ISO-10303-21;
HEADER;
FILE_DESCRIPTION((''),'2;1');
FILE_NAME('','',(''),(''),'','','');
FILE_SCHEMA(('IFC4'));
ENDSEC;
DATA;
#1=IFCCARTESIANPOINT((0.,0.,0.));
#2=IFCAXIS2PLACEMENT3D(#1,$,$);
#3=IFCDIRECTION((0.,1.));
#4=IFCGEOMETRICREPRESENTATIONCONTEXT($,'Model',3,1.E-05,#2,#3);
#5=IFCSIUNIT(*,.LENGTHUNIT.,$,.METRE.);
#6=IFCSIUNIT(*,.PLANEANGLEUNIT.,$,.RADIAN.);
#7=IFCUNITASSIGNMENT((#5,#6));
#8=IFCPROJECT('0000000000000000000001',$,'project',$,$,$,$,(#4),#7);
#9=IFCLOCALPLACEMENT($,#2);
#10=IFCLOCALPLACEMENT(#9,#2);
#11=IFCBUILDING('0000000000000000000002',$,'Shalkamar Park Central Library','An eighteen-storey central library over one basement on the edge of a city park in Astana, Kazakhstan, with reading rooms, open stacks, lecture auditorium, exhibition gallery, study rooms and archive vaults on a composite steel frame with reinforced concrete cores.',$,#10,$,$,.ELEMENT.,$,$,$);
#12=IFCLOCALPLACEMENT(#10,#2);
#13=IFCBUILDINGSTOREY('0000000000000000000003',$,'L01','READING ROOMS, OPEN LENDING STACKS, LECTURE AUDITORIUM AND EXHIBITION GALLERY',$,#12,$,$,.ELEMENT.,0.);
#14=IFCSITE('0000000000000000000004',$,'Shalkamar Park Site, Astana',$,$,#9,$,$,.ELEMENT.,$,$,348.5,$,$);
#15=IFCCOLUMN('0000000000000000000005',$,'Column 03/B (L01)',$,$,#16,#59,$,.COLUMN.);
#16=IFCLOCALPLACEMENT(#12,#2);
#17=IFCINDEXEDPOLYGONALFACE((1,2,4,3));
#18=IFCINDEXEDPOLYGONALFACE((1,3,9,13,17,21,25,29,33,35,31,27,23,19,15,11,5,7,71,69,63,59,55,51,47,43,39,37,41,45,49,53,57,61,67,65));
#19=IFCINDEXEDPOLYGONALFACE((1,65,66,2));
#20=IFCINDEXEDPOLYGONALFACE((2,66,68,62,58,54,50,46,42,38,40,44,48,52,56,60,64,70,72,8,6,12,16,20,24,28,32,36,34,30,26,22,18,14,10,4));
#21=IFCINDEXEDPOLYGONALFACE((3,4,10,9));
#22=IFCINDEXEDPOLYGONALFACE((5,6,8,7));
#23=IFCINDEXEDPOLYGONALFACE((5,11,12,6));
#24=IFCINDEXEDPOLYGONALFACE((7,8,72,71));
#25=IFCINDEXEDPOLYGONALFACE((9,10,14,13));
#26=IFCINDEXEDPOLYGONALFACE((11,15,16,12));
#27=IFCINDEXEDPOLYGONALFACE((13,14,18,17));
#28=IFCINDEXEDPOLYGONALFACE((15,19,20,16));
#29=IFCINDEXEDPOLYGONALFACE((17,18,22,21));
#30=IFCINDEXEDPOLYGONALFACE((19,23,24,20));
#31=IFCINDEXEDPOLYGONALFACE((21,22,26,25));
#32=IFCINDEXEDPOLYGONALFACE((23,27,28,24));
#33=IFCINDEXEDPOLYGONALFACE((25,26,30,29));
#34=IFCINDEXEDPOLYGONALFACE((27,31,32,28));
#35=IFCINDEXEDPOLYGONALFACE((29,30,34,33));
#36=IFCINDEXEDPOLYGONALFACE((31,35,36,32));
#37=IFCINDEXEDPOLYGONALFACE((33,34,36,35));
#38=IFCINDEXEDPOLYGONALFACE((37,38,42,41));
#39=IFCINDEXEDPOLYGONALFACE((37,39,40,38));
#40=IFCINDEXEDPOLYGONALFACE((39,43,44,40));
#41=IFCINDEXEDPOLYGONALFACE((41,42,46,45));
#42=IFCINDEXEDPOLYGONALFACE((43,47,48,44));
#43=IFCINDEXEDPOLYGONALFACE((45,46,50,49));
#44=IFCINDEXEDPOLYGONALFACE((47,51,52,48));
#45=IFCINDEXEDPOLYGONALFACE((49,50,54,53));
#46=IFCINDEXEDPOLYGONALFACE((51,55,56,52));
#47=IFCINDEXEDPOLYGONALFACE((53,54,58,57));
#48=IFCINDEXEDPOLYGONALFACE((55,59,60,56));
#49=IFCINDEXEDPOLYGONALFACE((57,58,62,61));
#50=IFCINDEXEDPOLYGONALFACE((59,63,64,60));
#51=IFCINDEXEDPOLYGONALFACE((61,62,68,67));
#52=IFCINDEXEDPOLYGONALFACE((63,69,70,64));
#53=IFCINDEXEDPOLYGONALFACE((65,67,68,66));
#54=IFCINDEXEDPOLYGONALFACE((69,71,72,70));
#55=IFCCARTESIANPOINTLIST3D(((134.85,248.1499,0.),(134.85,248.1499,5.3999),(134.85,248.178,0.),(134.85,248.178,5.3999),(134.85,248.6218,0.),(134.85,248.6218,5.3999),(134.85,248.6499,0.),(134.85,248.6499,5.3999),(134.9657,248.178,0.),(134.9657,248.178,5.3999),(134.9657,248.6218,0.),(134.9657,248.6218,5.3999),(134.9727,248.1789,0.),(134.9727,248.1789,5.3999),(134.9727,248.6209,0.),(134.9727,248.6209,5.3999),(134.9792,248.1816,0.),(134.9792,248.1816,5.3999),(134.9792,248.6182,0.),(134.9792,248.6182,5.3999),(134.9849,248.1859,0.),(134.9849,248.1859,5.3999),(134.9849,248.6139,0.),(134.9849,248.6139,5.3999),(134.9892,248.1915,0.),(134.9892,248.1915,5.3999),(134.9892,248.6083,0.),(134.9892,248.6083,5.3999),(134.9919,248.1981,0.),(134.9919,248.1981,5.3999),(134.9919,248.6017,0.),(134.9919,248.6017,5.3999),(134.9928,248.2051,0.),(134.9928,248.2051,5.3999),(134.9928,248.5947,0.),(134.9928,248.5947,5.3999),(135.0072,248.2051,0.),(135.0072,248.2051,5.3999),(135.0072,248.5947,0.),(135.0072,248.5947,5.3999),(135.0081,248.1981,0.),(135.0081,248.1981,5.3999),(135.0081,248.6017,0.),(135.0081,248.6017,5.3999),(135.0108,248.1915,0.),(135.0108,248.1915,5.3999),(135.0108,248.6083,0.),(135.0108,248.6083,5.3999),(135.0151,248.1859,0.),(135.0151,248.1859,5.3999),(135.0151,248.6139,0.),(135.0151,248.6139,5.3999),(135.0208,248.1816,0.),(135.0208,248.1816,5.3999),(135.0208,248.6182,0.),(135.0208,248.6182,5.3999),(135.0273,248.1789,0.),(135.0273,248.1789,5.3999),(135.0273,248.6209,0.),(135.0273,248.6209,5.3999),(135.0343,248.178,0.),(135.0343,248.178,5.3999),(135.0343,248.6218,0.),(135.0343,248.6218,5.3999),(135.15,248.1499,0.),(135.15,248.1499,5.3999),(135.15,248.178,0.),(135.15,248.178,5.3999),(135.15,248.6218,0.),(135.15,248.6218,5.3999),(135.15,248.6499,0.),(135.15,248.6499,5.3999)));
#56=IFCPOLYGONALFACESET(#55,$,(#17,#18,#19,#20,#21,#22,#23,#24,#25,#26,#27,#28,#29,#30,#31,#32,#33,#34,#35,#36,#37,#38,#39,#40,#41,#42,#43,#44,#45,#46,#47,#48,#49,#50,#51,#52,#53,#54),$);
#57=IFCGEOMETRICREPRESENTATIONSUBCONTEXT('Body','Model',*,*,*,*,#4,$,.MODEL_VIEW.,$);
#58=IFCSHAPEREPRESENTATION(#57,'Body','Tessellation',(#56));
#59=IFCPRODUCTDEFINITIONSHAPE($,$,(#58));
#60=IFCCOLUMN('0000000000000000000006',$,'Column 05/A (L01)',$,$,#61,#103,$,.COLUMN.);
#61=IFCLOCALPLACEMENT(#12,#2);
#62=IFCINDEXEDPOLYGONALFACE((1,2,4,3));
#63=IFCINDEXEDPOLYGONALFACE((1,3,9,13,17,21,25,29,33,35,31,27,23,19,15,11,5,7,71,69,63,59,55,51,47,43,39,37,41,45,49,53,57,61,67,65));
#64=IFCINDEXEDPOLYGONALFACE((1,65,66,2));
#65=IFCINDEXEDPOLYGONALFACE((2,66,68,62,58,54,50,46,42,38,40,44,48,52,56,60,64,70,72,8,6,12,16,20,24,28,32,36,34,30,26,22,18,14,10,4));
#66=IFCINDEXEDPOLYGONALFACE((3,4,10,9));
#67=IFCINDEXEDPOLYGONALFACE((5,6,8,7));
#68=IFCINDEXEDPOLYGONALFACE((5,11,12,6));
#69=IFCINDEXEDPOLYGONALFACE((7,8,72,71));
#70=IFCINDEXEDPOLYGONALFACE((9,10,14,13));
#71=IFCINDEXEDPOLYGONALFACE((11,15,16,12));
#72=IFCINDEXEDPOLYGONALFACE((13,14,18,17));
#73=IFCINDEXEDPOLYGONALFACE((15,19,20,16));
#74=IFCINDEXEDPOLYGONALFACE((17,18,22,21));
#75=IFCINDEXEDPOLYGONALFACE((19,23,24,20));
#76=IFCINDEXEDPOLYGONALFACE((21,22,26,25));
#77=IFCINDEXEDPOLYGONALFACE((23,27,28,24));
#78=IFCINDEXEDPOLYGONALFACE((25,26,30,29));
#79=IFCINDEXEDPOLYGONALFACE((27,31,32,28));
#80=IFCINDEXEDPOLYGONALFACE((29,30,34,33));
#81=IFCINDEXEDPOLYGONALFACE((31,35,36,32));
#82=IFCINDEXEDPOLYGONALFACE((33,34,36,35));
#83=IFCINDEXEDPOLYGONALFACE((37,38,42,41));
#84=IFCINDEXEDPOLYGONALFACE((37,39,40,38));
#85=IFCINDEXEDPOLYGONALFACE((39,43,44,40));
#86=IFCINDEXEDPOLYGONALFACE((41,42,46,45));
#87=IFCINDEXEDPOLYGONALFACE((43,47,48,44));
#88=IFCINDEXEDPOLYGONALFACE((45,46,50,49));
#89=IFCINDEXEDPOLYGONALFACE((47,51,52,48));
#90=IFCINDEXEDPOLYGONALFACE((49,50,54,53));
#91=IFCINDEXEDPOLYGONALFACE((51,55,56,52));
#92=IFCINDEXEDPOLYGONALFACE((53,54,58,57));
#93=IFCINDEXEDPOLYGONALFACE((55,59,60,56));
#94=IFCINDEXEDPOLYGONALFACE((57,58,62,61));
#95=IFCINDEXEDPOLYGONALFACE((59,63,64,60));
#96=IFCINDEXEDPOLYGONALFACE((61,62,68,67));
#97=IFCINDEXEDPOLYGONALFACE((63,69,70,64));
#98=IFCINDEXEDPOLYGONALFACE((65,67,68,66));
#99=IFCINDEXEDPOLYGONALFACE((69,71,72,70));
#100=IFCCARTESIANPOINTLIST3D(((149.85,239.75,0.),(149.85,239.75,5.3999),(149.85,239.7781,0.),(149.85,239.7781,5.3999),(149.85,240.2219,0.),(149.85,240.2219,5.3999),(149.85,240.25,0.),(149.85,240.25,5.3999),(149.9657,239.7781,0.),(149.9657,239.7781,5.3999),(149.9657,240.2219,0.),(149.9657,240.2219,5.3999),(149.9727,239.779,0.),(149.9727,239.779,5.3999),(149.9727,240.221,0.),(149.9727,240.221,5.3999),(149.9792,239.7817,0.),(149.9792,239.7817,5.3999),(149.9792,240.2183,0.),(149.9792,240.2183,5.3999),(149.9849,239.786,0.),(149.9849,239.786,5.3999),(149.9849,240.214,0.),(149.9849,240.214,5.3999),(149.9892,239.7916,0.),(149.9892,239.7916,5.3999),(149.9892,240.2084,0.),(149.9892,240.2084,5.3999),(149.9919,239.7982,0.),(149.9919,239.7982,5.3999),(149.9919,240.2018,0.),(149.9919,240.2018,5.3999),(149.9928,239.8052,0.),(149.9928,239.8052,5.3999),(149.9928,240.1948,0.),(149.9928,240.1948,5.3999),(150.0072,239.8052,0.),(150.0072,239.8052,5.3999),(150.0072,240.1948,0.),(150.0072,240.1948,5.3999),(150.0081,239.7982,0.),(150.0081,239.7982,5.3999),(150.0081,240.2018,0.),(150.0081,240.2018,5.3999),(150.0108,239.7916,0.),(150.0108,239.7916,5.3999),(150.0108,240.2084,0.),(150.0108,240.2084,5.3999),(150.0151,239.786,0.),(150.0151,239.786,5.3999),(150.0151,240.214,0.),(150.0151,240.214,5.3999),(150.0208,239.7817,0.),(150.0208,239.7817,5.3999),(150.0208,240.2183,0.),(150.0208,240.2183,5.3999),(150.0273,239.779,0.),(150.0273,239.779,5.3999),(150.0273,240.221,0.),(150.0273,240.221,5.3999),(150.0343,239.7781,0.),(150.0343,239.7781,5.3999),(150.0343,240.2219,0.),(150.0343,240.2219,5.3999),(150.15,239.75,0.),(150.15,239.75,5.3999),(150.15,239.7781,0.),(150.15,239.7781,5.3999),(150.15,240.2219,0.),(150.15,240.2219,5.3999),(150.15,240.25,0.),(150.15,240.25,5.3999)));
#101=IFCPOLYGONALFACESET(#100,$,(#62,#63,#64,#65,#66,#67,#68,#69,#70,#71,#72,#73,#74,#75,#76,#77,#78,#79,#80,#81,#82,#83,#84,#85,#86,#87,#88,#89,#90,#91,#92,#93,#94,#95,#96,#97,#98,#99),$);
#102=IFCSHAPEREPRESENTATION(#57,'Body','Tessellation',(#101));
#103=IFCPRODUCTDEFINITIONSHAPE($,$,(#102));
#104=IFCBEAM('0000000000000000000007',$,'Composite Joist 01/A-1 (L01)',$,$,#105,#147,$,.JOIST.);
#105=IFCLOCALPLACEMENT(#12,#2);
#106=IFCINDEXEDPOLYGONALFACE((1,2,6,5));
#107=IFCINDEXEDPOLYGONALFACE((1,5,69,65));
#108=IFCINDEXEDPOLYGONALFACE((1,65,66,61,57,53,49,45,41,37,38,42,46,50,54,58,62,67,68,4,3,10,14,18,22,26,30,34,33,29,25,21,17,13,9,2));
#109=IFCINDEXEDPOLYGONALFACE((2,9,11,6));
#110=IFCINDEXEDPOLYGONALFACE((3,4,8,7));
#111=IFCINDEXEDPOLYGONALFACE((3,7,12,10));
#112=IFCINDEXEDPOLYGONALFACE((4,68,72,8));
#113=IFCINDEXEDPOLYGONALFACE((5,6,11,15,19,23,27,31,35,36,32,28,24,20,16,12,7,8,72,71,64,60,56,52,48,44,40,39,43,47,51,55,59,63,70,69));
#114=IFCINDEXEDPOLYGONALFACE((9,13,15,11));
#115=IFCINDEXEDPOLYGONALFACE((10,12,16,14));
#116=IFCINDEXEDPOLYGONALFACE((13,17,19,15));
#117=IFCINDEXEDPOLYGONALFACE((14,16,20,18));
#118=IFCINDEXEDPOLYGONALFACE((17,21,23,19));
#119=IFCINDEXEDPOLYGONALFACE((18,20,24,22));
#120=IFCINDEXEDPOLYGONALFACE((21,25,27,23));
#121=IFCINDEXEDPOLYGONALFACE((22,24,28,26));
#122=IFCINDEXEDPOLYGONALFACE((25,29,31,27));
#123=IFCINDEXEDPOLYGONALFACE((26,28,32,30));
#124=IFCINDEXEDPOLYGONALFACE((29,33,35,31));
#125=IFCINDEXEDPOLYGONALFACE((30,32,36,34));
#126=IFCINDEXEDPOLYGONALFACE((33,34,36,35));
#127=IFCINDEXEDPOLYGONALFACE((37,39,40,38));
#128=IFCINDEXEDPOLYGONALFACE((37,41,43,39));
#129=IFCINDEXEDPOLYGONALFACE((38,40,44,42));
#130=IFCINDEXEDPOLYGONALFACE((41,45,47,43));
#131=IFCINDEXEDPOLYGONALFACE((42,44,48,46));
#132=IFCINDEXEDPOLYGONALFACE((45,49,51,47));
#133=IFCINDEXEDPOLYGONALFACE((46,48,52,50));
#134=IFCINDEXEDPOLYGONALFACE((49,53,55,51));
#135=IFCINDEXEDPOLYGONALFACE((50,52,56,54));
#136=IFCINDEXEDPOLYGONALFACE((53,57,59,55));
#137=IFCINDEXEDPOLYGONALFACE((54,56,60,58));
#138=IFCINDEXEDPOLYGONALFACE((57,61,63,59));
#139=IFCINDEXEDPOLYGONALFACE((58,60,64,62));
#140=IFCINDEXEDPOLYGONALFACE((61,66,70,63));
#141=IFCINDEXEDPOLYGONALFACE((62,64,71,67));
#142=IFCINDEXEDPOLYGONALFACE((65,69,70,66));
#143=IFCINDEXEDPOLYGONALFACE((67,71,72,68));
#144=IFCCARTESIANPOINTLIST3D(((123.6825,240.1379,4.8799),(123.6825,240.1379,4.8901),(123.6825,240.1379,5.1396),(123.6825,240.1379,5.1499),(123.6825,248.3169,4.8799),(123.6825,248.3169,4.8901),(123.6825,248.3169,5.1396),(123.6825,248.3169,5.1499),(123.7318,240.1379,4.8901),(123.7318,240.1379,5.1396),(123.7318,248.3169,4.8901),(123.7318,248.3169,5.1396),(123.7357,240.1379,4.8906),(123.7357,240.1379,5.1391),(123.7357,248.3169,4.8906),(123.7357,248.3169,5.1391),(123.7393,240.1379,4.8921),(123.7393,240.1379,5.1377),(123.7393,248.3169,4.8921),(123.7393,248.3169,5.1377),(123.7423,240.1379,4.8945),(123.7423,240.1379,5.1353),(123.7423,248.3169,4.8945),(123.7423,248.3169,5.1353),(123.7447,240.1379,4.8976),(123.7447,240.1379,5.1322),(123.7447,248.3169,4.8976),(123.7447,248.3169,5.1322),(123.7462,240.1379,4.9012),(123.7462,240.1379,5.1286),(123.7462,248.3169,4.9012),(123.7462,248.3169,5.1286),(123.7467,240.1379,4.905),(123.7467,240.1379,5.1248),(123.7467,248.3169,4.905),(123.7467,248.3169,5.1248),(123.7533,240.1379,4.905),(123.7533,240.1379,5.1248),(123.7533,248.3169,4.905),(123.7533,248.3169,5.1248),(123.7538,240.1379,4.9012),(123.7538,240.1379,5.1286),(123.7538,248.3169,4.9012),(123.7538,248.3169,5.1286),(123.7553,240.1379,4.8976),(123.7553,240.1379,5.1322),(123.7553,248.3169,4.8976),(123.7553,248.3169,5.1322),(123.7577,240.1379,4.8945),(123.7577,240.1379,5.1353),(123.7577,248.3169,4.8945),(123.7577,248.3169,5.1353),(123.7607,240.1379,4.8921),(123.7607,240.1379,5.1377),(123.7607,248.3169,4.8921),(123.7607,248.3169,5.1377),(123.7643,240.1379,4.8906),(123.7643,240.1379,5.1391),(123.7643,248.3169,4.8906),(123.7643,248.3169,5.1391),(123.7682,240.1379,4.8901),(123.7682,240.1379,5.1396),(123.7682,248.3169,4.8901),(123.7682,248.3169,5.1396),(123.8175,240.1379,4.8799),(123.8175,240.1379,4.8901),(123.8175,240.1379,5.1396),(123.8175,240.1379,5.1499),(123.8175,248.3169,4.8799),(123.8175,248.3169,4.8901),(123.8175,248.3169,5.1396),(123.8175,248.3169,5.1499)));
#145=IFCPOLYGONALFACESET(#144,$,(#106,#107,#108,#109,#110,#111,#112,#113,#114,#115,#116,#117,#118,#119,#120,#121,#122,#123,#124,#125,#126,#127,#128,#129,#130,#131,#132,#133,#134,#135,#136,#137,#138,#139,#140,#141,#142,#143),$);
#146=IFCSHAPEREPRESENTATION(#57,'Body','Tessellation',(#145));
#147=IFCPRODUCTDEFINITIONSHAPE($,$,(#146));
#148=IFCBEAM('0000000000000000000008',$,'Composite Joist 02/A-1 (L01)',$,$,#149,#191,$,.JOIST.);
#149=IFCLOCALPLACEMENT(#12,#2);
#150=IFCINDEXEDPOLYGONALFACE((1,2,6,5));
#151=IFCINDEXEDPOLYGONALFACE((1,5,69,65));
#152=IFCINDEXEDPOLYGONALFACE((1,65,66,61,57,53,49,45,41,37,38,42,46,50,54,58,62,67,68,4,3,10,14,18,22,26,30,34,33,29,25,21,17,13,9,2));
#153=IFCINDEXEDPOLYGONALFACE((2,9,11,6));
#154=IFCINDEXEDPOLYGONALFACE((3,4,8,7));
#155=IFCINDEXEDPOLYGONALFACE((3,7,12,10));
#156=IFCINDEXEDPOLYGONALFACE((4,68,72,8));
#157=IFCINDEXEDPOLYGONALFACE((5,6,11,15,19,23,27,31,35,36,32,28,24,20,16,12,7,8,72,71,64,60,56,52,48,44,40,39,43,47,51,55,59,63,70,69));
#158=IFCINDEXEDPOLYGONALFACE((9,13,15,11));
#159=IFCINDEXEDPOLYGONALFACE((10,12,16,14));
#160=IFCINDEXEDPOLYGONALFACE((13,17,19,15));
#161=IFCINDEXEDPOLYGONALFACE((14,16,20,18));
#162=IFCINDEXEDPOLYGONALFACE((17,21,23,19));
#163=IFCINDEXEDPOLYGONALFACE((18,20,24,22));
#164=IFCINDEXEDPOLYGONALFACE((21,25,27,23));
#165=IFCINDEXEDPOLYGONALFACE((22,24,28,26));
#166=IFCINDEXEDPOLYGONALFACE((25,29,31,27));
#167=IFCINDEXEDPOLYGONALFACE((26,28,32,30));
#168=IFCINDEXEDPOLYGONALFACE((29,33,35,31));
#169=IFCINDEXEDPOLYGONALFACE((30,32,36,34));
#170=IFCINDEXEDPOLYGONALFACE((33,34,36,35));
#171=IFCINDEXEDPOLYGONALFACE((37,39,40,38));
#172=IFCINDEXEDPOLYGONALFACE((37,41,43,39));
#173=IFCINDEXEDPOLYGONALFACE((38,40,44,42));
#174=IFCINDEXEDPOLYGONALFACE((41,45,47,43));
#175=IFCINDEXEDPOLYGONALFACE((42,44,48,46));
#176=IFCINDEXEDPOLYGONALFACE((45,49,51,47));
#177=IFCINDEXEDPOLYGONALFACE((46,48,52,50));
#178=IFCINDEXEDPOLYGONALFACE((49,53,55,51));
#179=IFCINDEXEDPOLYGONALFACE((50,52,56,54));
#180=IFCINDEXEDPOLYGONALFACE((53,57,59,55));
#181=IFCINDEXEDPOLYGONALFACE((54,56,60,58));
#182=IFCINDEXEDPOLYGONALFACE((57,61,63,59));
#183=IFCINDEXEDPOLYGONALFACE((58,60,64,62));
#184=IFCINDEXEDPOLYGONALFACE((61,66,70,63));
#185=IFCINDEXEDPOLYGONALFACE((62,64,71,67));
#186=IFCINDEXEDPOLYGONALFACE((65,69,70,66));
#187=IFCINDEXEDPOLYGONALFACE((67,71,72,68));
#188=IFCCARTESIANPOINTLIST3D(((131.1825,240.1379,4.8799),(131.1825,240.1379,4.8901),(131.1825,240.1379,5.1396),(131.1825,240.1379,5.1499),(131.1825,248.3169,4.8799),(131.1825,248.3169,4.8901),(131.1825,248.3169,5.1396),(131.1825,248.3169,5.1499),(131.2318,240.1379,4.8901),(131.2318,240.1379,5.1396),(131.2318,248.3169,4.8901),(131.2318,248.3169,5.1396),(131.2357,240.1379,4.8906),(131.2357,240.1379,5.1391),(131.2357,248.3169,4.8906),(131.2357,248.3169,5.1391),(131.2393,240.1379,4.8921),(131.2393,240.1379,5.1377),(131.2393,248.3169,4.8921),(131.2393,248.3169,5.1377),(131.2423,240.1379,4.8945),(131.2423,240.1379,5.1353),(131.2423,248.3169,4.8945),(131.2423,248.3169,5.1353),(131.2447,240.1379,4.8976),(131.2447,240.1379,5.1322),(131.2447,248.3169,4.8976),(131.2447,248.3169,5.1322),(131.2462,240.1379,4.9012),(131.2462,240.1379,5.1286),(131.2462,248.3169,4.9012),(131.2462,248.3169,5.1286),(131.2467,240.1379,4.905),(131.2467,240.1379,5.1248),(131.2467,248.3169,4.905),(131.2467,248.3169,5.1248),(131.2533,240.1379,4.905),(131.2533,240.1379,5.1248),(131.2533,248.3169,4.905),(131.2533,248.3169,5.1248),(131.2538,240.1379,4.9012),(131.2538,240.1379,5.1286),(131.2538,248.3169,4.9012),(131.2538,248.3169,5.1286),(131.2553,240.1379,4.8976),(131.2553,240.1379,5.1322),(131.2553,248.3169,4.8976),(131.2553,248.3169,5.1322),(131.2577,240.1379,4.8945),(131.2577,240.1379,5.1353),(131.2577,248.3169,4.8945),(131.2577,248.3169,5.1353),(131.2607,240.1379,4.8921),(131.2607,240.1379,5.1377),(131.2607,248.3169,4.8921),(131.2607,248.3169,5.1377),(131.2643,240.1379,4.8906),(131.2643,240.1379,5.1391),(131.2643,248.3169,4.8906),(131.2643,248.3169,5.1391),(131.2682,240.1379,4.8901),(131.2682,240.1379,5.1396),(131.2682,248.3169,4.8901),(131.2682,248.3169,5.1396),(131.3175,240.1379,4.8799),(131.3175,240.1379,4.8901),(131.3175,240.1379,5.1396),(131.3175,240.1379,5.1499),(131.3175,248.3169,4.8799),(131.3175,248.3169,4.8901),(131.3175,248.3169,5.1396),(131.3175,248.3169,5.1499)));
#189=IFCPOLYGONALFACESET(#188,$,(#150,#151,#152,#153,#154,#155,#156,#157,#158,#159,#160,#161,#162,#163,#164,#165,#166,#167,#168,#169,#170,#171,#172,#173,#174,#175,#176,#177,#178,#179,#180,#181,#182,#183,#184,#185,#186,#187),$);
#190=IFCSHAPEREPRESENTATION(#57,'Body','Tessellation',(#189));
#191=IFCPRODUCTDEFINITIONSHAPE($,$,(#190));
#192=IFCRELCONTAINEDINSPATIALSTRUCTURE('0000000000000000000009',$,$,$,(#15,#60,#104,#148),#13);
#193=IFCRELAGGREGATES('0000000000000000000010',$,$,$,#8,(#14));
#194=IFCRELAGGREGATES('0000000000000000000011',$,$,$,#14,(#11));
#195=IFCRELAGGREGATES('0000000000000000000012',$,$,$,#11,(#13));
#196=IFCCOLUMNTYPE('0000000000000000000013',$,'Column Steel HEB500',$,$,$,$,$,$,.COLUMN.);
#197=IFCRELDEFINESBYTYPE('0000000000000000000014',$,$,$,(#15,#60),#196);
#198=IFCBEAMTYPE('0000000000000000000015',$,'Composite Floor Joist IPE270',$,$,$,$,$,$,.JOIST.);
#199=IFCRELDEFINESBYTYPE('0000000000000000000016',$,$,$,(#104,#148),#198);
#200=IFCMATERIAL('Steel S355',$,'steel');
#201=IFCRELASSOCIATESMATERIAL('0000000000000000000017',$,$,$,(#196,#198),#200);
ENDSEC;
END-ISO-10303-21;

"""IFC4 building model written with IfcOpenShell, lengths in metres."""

from ifc_helpers import new_model, si_unit, direction, frame, origin, origin_2d, place, context, subcontext, project, spatial, i_section, extrude, material, material_profile, profile_set, type_object, element, save


model = new_model("IFC4")

# Units and contexts
model_context = context("Model", 3, precision=1e-05, world=origin(), true_north=direction((0.0, 1.0)))
body_context = subcontext(model_context, "Body", "Model", "MODEL_VIEW")
ifc_project = project(units=[si_unit("LENGTHUNIT", "METRE"), si_unit("PLANEANGLEUNIT", "RADIAN")], contexts=[model_context])

# Site, building, storey
site_placement = place(None, origin())
site = spatial("IfcSite", under=ifc_project, at=site_placement, Name="Shalkamar Park Site, Astana", CompositionType="ELEMENT", RefElevation=348.5)
building_placement = place(site_placement, origin())
building = spatial("IfcBuilding", under=site, at=building_placement, Name="Shalkamar Park Central Library", Description="An eighteen-storey central library over one basement on the edge of a city park in Astana, Kazakhstan, with reading rooms, open stacks, lecture auditorium, exhibition gallery, study rooms and archive vaults on a composite steel frame with reinforced concrete cores.", CompositionType="ELEMENT")
storey_placement = place(building_placement, origin())
storey = spatial("IfcBuildingStorey", under=building, at=storey_placement, Name="L01", Description="READING ROOMS, OPEN LENDING STACKS, LECTURE AUDITORIUM AND EXHIBITION GALLERY", CompositionType="ELEMENT", Elevation=0.0)

# Columns
ifc_material_1 = material(Name="Steel S355", Category="steel")
ifc_material_profile_1 = material_profile(ifc_material_1, i_section(OverallWidth=0.3, OverallDepth=0.5, WebThickness=0.0144, FlangeThickness=0.0281, FilletRadius=0.0271, at=origin_2d()), Name="HEB 500")
ifc_profile_set_1 = profile_set([ifc_material_profile_1], Name="Steel S355")
column_type_1 = type_object("IfcColumnType", Name="Column Steel HEB500", PredefinedType="COLUMN", material=ifc_profile_set_1)
for number, where, z_axis, x_axis, name in (
    (1, (135.0, 248.3999, 0.0), (0.0, 0.0, 1.0), (1.0, 0.0, 0.0), "Column 03/B (L01)"),
    (2, (150.0, 240.0, 0.0), (0.0, 0.0, 1.0), (1.0, 0.0, 0.0), "Column 05/A (L01)"),
):
    element("IfcColumn", number, at=place(storey_placement, frame(where, z_axis=z_axis, x_axis=x_axis)), inside=storey, type_object=column_type_1, Name=name, PredefinedType="COLUMN", context=body_context, shape_type="SweptSolid", body=[
        extrude(i_section(OverallWidth=0.3, OverallDepth=0.5, WebThickness=0.0144, FlangeThickness=0.0281, FilletRadius=0.0271, at=origin_2d()), origin(), (0.0, 0.0, 1.0), 5.3999),
    ])

# Beams
ifc_material_profile_2 = material_profile(ifc_material_1, i_section(OverallWidth=0.135, OverallDepth=0.27, WebThickness=0.0066, FlangeThickness=0.0103, FilletRadius=0.0149, at=origin_2d()), Name="IPE 270")
ifc_profile_set_2 = profile_set([ifc_material_profile_2], Name="Steel S355")
beam_type_1 = type_object("IfcBeamType", Name="Composite Floor Joist IPE270", PredefinedType="JOIST", material=ifc_profile_set_2)
for number, where, z_axis, x_axis, name in (
    (3, (123.75, 240.1379, 5.0149), (0.0, 1.0, 0.0), (-1.0, 0.0, 0.0), "Composite Joist 01/A-1 (L01)"),
    (4, (131.25, 240.1379, 5.0149), (0.0, 1.0, 0.0), (-1.0, 0.0, 0.0), "Composite Joist 02/A-1 (L01)"),
):
    element("IfcBeam", number, at=place(storey_placement, frame(where, z_axis=z_axis, x_axis=x_axis)), inside=storey, type_object=beam_type_1, Name=name, PredefinedType="JOIST", context=body_context, shape_type="SweptSolid", body=[
        extrude(i_section(OverallWidth=0.135, OverallDepth=0.27, WebThickness=0.0066, FlangeThickness=0.0103, FilletRadius=0.0149, at=origin_2d()), origin(), (0.0, 0.0, 1.0), 8.179),
    ])

save(model, "model.ifc")
